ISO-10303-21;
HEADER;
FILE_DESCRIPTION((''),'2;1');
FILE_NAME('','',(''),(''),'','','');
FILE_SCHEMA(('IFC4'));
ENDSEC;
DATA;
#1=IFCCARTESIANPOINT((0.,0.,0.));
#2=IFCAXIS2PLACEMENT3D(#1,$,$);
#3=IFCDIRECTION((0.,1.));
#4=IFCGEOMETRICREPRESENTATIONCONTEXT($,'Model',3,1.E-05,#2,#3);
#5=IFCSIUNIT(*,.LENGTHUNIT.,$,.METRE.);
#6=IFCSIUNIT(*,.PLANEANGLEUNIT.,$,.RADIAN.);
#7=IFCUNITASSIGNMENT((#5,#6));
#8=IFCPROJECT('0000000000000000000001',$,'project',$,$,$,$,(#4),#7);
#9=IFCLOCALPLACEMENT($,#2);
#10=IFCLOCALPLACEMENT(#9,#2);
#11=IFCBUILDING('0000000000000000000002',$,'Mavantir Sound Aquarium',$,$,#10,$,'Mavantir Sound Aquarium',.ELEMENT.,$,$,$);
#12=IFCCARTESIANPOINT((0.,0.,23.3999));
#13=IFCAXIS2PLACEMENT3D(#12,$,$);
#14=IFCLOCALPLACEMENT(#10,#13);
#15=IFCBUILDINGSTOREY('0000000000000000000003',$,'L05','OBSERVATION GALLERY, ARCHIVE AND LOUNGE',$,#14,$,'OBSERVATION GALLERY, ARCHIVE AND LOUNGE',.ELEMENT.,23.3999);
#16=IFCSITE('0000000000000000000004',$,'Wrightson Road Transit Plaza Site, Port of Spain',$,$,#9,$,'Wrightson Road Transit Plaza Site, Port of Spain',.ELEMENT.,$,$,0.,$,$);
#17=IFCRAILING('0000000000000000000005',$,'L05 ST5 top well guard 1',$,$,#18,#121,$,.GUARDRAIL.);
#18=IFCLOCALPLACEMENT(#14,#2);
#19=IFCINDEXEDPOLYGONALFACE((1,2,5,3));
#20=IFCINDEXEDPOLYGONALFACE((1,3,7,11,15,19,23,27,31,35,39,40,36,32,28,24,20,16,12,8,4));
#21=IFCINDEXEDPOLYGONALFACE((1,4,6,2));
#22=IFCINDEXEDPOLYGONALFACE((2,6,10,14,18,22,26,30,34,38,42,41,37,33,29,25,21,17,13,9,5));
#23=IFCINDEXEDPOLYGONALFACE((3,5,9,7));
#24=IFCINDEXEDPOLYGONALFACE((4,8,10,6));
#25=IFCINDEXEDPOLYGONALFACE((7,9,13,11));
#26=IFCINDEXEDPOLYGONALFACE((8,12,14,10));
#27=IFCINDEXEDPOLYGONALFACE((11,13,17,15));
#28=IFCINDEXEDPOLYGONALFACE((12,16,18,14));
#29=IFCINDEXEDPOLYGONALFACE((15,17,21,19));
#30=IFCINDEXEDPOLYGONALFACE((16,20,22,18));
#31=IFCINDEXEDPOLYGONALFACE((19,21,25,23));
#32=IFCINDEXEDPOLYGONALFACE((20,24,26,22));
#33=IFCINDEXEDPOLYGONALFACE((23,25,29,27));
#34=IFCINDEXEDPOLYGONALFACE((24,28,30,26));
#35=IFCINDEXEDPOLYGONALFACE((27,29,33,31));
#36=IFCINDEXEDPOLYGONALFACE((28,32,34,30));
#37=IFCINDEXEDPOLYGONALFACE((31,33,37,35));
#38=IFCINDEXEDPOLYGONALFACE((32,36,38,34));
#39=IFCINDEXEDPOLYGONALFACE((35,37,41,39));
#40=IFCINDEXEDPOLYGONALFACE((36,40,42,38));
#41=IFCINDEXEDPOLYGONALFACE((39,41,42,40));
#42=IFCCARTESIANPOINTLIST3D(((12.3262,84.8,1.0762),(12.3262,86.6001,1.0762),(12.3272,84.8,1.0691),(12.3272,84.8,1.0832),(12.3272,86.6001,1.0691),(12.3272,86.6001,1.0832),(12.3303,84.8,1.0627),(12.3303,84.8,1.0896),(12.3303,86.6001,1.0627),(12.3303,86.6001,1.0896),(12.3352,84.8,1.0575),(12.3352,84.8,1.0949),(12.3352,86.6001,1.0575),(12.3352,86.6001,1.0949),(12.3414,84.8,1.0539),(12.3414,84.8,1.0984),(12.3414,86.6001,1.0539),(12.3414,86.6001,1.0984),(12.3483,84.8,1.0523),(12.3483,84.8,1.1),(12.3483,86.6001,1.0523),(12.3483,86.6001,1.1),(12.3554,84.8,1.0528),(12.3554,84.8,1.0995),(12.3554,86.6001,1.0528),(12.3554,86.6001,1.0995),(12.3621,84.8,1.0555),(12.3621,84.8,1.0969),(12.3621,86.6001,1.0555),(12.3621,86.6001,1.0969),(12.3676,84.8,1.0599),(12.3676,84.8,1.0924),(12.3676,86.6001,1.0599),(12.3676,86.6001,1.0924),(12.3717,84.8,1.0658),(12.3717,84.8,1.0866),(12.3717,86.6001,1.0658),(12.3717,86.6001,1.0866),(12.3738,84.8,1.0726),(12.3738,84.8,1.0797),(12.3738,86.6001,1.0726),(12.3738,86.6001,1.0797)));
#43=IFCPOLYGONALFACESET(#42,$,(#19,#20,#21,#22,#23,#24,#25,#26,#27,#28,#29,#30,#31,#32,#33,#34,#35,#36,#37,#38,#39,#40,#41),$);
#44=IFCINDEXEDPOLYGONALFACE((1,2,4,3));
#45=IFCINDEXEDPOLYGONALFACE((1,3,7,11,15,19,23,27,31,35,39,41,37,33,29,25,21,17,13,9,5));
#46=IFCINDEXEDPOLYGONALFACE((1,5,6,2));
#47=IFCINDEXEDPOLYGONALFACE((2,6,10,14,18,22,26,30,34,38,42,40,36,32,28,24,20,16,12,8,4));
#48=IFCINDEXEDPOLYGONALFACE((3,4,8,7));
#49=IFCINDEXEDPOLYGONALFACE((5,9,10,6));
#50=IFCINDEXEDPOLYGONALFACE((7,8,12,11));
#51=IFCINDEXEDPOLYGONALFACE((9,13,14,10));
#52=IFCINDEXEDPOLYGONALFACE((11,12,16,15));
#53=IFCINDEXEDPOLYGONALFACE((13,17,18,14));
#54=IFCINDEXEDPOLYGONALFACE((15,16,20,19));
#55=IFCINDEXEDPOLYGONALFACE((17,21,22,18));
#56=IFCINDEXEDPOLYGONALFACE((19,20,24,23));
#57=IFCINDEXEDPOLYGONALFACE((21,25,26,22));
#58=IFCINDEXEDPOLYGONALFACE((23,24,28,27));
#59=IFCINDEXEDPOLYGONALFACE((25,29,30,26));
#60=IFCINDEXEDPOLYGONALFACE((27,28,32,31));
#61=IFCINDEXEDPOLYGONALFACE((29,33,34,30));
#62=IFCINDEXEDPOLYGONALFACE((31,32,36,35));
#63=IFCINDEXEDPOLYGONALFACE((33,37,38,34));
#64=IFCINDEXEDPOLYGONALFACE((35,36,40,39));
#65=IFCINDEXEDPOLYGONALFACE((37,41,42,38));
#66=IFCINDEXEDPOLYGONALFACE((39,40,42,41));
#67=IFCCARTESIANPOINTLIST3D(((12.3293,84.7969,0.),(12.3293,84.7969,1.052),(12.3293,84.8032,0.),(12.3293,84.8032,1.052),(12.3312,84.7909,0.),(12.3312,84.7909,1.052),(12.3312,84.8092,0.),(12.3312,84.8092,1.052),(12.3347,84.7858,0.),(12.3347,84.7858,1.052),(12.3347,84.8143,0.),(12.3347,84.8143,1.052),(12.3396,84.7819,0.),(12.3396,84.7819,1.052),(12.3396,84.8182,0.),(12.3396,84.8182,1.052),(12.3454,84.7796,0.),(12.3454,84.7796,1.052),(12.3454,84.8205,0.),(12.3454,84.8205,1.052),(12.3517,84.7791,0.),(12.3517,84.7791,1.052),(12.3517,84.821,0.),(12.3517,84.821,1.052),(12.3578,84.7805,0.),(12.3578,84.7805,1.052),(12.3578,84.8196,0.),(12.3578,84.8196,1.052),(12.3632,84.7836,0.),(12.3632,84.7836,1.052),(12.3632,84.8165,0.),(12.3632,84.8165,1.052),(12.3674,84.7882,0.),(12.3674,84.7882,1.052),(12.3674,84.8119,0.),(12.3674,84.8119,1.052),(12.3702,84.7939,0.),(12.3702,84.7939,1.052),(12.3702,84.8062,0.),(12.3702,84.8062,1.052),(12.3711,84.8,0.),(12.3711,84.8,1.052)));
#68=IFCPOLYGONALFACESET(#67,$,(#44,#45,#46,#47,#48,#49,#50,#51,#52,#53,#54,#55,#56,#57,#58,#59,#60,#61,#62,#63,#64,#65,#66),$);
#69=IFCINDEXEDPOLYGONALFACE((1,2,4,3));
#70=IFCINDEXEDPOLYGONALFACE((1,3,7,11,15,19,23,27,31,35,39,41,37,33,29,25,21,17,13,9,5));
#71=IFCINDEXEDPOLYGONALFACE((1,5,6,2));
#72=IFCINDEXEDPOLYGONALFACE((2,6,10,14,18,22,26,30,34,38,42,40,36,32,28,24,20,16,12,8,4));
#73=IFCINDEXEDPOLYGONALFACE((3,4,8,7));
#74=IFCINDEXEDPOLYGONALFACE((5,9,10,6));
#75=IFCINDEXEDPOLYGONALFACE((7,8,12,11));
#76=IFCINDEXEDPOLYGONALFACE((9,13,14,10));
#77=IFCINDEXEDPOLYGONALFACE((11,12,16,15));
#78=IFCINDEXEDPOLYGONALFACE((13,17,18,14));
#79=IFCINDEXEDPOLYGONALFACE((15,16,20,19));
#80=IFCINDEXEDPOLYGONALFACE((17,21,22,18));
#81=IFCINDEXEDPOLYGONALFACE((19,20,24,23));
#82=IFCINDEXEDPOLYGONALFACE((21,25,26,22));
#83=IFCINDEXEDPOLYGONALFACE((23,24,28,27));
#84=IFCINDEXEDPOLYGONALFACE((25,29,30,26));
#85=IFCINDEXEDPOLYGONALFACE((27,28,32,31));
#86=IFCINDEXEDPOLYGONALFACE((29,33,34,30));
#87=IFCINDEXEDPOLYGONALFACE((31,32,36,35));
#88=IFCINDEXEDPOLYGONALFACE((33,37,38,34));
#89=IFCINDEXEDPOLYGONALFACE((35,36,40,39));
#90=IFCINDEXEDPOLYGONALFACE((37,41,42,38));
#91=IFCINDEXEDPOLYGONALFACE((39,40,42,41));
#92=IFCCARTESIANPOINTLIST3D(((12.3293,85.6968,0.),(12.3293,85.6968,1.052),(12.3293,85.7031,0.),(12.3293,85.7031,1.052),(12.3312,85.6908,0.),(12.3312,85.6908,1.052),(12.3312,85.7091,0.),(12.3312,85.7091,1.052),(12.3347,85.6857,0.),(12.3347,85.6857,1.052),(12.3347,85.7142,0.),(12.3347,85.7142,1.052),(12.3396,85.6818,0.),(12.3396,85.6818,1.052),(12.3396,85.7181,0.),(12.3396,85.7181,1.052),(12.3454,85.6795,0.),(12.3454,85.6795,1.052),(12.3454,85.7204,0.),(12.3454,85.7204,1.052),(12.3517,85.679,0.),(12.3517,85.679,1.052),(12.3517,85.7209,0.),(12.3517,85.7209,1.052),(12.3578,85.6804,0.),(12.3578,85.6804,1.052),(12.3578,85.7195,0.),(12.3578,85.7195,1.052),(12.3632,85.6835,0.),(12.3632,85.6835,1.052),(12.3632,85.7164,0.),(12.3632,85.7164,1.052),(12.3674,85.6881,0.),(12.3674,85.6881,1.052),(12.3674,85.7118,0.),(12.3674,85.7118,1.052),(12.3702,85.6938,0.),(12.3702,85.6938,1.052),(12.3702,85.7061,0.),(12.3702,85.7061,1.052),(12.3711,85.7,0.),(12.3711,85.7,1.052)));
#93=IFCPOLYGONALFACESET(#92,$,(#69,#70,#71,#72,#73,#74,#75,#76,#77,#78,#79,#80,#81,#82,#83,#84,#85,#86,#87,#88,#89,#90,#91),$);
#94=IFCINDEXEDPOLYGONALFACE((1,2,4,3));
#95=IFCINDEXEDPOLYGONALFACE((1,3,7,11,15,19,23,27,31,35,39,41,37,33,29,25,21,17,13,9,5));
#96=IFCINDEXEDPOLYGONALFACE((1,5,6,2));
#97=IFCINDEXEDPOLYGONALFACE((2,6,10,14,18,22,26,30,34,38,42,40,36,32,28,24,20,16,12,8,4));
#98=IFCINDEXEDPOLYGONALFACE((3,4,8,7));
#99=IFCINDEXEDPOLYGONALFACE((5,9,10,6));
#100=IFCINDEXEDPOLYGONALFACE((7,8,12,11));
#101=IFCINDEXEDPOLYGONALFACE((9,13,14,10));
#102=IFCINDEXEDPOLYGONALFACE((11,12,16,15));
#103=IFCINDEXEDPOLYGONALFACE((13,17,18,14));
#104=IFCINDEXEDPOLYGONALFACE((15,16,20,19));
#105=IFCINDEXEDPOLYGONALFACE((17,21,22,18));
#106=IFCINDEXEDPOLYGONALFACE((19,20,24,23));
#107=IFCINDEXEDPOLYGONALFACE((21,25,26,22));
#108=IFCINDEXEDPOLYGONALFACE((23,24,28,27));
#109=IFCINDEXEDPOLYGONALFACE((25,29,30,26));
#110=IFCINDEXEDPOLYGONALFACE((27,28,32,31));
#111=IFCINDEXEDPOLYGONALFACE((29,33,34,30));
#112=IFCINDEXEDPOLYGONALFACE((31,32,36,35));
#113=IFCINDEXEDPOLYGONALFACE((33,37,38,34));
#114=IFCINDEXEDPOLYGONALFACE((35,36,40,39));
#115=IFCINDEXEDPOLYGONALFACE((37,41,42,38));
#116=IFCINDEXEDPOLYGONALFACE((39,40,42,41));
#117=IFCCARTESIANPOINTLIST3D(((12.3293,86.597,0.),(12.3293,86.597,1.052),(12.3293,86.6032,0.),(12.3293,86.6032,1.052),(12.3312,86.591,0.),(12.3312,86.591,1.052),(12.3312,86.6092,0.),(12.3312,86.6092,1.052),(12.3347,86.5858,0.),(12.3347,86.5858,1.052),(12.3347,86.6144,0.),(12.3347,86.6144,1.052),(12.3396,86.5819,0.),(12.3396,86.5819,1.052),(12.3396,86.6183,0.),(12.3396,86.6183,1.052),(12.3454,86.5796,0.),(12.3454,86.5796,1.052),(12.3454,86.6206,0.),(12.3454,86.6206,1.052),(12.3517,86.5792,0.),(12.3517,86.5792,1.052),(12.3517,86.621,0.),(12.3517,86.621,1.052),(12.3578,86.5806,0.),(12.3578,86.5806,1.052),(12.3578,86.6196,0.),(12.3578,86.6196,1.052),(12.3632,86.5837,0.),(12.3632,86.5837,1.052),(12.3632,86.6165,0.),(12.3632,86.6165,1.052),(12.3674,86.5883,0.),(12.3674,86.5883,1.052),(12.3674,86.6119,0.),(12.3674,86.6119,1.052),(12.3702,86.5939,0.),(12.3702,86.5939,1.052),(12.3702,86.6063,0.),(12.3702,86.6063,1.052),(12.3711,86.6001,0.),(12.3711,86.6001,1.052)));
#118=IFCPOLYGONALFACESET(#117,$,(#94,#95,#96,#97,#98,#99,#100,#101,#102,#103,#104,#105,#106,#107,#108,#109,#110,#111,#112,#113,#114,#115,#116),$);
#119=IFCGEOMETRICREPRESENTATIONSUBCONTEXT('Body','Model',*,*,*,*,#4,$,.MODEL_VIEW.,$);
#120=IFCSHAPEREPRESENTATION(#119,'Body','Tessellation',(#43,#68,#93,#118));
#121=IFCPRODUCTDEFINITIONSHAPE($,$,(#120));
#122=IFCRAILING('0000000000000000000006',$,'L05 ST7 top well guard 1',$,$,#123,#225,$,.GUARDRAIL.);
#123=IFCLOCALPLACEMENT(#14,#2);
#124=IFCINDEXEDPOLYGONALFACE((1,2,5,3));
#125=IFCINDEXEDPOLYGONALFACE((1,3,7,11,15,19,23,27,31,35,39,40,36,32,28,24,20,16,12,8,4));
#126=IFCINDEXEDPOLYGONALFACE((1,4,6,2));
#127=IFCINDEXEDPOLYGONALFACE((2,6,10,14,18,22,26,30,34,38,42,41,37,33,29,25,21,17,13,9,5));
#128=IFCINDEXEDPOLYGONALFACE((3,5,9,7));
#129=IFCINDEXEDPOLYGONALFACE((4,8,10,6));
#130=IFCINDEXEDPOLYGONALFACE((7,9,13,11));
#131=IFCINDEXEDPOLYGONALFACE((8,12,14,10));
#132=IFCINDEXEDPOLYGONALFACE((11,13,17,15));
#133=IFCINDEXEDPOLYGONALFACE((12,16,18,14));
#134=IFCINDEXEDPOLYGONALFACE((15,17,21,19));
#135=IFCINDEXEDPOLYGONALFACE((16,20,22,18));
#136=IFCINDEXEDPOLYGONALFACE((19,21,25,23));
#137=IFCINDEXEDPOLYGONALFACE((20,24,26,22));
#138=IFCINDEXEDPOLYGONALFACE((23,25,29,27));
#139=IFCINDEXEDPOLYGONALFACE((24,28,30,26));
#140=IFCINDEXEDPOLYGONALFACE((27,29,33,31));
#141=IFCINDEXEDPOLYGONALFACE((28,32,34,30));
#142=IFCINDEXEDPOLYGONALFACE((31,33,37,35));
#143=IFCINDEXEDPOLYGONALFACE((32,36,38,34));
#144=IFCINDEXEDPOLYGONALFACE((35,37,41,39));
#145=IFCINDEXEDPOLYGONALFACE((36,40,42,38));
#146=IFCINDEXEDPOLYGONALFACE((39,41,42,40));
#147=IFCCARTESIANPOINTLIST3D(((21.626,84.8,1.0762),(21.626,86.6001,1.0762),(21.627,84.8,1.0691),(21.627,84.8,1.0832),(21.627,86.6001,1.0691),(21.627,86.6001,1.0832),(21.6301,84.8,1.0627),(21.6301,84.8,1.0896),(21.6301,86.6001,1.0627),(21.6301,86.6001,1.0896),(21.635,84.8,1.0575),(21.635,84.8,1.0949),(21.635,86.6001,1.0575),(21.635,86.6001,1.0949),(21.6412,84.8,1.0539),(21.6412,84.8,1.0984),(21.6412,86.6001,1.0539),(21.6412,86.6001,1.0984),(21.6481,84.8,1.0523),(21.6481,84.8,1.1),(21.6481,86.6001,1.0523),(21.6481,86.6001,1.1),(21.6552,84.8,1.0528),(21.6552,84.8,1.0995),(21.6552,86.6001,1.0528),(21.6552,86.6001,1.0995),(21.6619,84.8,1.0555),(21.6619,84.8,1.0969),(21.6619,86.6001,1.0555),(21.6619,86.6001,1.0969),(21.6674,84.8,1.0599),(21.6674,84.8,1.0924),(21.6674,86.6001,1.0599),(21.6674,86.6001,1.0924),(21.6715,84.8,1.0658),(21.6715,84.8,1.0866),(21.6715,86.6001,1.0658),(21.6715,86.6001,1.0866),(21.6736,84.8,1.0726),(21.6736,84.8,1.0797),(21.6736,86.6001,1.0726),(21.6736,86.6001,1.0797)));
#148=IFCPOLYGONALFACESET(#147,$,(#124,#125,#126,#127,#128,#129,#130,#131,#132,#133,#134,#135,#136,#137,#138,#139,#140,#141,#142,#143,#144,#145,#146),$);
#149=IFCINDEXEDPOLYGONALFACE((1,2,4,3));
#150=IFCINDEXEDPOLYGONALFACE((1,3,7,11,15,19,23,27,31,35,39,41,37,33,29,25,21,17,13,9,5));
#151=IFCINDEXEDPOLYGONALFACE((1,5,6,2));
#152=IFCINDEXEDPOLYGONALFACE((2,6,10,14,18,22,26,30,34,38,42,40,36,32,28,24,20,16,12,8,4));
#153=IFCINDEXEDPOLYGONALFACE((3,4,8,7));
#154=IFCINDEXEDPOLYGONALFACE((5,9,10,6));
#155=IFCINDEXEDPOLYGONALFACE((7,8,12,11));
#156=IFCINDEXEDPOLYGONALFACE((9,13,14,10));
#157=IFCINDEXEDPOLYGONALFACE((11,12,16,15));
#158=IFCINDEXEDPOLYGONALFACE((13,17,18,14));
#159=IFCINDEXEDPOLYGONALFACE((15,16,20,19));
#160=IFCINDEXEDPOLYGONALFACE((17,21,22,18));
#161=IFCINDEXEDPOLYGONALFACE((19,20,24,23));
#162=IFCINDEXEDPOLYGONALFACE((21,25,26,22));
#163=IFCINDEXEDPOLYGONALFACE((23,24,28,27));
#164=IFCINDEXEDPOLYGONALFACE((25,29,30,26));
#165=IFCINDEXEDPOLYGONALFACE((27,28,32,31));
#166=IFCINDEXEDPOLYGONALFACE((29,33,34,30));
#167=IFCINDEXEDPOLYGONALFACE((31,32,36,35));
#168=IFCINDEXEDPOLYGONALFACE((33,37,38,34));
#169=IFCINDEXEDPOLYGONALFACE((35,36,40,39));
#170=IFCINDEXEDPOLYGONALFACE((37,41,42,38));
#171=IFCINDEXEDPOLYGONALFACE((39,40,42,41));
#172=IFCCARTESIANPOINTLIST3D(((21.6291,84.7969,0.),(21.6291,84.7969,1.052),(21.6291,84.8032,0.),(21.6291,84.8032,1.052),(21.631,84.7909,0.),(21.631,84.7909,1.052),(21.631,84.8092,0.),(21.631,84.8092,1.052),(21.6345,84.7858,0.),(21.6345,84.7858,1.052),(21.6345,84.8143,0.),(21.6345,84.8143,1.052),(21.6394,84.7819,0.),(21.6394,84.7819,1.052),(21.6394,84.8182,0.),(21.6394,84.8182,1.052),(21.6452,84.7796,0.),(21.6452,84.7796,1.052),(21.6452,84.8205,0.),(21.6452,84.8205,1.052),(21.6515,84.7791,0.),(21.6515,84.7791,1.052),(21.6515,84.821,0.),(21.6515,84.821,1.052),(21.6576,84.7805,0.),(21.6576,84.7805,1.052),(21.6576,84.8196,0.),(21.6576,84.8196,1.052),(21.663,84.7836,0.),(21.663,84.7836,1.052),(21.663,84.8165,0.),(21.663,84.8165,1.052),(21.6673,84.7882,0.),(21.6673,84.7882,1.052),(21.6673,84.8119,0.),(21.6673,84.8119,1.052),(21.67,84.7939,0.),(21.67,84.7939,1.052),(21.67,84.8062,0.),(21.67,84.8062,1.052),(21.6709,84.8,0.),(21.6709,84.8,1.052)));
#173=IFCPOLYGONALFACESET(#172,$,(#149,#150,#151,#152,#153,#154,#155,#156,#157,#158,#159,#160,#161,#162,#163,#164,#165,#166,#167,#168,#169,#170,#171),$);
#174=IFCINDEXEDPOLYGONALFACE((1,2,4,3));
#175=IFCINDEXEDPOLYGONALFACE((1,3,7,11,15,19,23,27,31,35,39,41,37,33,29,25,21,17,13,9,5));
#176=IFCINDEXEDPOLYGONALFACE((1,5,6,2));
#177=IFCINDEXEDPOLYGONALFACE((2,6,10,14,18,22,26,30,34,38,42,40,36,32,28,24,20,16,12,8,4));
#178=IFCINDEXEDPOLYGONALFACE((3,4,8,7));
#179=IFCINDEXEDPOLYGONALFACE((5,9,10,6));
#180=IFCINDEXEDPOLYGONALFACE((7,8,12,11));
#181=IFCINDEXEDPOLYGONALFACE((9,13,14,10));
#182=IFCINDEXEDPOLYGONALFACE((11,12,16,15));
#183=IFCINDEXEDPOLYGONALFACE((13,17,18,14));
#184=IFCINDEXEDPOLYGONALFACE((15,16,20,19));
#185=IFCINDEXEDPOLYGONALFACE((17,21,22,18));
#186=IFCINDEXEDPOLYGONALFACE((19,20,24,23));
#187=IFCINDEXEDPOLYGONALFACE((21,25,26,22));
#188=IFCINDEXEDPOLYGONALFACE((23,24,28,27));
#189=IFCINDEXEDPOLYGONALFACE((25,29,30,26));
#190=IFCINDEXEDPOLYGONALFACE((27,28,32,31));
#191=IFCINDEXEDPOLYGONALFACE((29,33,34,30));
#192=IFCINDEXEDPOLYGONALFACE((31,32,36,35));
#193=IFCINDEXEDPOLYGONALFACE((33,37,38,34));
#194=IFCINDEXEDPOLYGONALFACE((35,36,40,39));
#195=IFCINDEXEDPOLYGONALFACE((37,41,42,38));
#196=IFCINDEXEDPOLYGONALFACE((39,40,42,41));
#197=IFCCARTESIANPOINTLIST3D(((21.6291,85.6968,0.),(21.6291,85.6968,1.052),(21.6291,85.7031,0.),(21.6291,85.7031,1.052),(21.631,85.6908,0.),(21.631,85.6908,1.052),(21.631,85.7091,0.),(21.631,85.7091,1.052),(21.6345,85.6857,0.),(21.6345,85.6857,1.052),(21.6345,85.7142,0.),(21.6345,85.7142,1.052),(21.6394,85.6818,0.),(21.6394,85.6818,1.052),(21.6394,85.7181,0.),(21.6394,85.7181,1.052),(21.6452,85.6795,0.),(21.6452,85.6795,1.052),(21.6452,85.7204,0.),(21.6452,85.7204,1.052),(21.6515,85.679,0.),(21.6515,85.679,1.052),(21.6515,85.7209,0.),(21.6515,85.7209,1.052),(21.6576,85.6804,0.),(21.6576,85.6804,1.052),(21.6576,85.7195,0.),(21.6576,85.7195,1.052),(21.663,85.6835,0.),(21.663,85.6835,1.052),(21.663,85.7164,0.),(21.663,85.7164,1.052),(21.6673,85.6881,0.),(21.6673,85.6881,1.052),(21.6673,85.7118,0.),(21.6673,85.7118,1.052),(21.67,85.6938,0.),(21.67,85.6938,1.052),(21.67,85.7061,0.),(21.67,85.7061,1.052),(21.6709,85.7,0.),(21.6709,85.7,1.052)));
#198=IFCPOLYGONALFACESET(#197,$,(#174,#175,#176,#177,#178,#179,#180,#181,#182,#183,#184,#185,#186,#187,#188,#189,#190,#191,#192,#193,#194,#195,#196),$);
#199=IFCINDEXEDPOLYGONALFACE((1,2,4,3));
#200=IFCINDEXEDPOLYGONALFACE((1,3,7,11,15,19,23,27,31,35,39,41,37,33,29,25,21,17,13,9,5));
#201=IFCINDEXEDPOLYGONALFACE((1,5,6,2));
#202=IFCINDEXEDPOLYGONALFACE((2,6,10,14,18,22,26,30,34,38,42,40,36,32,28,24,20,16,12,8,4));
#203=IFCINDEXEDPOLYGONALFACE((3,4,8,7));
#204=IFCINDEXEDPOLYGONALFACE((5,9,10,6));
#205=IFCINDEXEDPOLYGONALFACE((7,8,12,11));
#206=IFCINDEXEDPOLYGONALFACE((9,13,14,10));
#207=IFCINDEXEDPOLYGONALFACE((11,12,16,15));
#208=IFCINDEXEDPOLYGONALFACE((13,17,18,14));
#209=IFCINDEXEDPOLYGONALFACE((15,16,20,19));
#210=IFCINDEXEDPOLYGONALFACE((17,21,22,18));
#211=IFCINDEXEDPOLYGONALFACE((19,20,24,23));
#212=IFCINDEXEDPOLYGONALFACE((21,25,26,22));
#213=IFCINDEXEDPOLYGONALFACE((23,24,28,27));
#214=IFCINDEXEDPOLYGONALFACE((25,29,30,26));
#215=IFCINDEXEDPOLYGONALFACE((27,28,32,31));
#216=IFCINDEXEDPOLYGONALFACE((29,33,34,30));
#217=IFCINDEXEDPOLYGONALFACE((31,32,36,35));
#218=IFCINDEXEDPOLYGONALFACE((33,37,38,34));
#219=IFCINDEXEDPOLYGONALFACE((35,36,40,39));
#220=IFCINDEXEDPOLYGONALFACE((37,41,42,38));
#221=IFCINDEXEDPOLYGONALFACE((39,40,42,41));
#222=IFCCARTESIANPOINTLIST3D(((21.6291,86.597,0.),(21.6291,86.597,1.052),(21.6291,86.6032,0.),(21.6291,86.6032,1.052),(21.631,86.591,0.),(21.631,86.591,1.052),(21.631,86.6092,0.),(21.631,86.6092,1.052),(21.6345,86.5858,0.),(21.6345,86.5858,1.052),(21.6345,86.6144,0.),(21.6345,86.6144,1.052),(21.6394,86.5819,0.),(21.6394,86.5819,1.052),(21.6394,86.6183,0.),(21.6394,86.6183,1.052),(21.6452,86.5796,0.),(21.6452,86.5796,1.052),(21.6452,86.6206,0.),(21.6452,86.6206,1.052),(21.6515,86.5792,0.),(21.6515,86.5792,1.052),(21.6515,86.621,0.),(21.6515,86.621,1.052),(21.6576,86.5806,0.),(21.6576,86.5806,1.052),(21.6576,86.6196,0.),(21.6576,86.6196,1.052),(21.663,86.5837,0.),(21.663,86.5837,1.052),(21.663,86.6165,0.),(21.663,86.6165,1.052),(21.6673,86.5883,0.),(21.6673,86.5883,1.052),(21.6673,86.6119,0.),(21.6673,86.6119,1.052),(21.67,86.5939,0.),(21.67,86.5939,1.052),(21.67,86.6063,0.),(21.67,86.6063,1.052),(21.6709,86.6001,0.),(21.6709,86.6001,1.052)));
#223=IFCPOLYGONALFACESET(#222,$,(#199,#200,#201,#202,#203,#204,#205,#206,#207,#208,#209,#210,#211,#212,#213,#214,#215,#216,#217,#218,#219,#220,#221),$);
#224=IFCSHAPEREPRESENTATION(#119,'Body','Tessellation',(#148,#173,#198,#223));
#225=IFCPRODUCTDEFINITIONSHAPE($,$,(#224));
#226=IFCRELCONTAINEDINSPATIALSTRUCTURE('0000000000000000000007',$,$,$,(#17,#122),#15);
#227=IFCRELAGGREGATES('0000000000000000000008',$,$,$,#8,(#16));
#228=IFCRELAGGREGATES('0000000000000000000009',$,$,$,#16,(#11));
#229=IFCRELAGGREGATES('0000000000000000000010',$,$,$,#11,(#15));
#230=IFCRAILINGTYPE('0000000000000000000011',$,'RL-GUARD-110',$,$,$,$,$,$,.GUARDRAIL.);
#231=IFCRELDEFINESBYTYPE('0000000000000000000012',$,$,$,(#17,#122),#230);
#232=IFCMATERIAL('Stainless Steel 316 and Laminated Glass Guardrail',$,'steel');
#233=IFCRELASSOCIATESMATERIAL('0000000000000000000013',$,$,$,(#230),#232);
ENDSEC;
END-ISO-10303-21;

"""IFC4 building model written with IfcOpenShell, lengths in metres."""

from ifc_helpers import new_model, si_unit, direction, frame, origin, origin_2d, place, context, subcontext, project, spatial, circle, extrude, material, type_object, element, save


model = new_model("IFC4")

# Units and contexts
model_context = context("Model", 3, precision=1e-05, world=origin(), true_north=direction((0.0, 1.0)))
body_context = subcontext(model_context, "Body", "Model", "MODEL_VIEW")
ifc_project = project(units=[si_unit("LENGTHUNIT", "METRE"), si_unit("PLANEANGLEUNIT", "RADIAN")], contexts=[model_context])

# Site, building, storey
site_placement = place(None, origin())
site = spatial("IfcSite", under=ifc_project, at=site_placement, Name="Wrightson Road Transit Plaza Site, Port of Spain", LongName="Wrightson Road Transit Plaza Site, Port of Spain", CompositionType="ELEMENT", RefElevation=0.0)
building_placement = place(site_placement, origin())
building = spatial("IfcBuilding", under=site, at=building_placement, Name="Mavantir Sound Aquarium", LongName="Mavantir Sound Aquarium", CompositionType="ELEMENT")
storey_placement = place(building_placement, frame((0.0, 0.0, 23.3999)))
storey = spatial("IfcBuildingStorey", under=building, at=storey_placement, Name="L05", Description="OBSERVATION GALLERY, ARCHIVE AND LOUNGE", LongName="OBSERVATION GALLERY, ARCHIVE AND LOUNGE", CompositionType="ELEMENT", Elevation=23.3999)

# Railings
ifc_material_1 = material(Name="Stainless Steel 316 and Laminated Glass Guardrail", Category="steel")
railing_type = type_object("IfcRailingType", Name="RL-GUARD-110", PredefinedType="GUARDRAIL", material=ifc_material_1)
for number, where, name in (
    (1, (12.3501, 84.8, 0.0), "L05 ST5 top well guard 1"),
    (2, (21.6499, 84.8, 0.0), "L05 ST7 top well guard 1"),
):
    element("IfcRailing", number, at=place(storey_placement, frame(where)), inside=storey, type_object=railing_type, Name=name, PredefinedType="GUARDRAIL", context=body_context, shape_type="SweptSolid", body=[
        extrude(circle(Radius=0.0239, at=origin_2d()), frame((0.0, 0.0, 1.0762), z_axis=(0.0, 1.0, 0.0), x_axis=(-1.0, 0.0, 0.0)), (0.0, 0.0, 1.0), 1.8),
        extrude(circle(Radius=0.021, at=origin_2d()), origin(), (0.0, 0.0, 1.0), 1.052),
        extrude(circle(Radius=0.021, at=origin_2d()), frame((0.0, 0.8999, 0.0)), (0.0, 0.0, 1.0), 1.052),
        extrude(circle(Radius=0.021, at=origin_2d()), frame((0.0, 1.8, 0.0)), (0.0, 0.0, 1.0), 1.052),
    ])

save(model, "model.ifc")
